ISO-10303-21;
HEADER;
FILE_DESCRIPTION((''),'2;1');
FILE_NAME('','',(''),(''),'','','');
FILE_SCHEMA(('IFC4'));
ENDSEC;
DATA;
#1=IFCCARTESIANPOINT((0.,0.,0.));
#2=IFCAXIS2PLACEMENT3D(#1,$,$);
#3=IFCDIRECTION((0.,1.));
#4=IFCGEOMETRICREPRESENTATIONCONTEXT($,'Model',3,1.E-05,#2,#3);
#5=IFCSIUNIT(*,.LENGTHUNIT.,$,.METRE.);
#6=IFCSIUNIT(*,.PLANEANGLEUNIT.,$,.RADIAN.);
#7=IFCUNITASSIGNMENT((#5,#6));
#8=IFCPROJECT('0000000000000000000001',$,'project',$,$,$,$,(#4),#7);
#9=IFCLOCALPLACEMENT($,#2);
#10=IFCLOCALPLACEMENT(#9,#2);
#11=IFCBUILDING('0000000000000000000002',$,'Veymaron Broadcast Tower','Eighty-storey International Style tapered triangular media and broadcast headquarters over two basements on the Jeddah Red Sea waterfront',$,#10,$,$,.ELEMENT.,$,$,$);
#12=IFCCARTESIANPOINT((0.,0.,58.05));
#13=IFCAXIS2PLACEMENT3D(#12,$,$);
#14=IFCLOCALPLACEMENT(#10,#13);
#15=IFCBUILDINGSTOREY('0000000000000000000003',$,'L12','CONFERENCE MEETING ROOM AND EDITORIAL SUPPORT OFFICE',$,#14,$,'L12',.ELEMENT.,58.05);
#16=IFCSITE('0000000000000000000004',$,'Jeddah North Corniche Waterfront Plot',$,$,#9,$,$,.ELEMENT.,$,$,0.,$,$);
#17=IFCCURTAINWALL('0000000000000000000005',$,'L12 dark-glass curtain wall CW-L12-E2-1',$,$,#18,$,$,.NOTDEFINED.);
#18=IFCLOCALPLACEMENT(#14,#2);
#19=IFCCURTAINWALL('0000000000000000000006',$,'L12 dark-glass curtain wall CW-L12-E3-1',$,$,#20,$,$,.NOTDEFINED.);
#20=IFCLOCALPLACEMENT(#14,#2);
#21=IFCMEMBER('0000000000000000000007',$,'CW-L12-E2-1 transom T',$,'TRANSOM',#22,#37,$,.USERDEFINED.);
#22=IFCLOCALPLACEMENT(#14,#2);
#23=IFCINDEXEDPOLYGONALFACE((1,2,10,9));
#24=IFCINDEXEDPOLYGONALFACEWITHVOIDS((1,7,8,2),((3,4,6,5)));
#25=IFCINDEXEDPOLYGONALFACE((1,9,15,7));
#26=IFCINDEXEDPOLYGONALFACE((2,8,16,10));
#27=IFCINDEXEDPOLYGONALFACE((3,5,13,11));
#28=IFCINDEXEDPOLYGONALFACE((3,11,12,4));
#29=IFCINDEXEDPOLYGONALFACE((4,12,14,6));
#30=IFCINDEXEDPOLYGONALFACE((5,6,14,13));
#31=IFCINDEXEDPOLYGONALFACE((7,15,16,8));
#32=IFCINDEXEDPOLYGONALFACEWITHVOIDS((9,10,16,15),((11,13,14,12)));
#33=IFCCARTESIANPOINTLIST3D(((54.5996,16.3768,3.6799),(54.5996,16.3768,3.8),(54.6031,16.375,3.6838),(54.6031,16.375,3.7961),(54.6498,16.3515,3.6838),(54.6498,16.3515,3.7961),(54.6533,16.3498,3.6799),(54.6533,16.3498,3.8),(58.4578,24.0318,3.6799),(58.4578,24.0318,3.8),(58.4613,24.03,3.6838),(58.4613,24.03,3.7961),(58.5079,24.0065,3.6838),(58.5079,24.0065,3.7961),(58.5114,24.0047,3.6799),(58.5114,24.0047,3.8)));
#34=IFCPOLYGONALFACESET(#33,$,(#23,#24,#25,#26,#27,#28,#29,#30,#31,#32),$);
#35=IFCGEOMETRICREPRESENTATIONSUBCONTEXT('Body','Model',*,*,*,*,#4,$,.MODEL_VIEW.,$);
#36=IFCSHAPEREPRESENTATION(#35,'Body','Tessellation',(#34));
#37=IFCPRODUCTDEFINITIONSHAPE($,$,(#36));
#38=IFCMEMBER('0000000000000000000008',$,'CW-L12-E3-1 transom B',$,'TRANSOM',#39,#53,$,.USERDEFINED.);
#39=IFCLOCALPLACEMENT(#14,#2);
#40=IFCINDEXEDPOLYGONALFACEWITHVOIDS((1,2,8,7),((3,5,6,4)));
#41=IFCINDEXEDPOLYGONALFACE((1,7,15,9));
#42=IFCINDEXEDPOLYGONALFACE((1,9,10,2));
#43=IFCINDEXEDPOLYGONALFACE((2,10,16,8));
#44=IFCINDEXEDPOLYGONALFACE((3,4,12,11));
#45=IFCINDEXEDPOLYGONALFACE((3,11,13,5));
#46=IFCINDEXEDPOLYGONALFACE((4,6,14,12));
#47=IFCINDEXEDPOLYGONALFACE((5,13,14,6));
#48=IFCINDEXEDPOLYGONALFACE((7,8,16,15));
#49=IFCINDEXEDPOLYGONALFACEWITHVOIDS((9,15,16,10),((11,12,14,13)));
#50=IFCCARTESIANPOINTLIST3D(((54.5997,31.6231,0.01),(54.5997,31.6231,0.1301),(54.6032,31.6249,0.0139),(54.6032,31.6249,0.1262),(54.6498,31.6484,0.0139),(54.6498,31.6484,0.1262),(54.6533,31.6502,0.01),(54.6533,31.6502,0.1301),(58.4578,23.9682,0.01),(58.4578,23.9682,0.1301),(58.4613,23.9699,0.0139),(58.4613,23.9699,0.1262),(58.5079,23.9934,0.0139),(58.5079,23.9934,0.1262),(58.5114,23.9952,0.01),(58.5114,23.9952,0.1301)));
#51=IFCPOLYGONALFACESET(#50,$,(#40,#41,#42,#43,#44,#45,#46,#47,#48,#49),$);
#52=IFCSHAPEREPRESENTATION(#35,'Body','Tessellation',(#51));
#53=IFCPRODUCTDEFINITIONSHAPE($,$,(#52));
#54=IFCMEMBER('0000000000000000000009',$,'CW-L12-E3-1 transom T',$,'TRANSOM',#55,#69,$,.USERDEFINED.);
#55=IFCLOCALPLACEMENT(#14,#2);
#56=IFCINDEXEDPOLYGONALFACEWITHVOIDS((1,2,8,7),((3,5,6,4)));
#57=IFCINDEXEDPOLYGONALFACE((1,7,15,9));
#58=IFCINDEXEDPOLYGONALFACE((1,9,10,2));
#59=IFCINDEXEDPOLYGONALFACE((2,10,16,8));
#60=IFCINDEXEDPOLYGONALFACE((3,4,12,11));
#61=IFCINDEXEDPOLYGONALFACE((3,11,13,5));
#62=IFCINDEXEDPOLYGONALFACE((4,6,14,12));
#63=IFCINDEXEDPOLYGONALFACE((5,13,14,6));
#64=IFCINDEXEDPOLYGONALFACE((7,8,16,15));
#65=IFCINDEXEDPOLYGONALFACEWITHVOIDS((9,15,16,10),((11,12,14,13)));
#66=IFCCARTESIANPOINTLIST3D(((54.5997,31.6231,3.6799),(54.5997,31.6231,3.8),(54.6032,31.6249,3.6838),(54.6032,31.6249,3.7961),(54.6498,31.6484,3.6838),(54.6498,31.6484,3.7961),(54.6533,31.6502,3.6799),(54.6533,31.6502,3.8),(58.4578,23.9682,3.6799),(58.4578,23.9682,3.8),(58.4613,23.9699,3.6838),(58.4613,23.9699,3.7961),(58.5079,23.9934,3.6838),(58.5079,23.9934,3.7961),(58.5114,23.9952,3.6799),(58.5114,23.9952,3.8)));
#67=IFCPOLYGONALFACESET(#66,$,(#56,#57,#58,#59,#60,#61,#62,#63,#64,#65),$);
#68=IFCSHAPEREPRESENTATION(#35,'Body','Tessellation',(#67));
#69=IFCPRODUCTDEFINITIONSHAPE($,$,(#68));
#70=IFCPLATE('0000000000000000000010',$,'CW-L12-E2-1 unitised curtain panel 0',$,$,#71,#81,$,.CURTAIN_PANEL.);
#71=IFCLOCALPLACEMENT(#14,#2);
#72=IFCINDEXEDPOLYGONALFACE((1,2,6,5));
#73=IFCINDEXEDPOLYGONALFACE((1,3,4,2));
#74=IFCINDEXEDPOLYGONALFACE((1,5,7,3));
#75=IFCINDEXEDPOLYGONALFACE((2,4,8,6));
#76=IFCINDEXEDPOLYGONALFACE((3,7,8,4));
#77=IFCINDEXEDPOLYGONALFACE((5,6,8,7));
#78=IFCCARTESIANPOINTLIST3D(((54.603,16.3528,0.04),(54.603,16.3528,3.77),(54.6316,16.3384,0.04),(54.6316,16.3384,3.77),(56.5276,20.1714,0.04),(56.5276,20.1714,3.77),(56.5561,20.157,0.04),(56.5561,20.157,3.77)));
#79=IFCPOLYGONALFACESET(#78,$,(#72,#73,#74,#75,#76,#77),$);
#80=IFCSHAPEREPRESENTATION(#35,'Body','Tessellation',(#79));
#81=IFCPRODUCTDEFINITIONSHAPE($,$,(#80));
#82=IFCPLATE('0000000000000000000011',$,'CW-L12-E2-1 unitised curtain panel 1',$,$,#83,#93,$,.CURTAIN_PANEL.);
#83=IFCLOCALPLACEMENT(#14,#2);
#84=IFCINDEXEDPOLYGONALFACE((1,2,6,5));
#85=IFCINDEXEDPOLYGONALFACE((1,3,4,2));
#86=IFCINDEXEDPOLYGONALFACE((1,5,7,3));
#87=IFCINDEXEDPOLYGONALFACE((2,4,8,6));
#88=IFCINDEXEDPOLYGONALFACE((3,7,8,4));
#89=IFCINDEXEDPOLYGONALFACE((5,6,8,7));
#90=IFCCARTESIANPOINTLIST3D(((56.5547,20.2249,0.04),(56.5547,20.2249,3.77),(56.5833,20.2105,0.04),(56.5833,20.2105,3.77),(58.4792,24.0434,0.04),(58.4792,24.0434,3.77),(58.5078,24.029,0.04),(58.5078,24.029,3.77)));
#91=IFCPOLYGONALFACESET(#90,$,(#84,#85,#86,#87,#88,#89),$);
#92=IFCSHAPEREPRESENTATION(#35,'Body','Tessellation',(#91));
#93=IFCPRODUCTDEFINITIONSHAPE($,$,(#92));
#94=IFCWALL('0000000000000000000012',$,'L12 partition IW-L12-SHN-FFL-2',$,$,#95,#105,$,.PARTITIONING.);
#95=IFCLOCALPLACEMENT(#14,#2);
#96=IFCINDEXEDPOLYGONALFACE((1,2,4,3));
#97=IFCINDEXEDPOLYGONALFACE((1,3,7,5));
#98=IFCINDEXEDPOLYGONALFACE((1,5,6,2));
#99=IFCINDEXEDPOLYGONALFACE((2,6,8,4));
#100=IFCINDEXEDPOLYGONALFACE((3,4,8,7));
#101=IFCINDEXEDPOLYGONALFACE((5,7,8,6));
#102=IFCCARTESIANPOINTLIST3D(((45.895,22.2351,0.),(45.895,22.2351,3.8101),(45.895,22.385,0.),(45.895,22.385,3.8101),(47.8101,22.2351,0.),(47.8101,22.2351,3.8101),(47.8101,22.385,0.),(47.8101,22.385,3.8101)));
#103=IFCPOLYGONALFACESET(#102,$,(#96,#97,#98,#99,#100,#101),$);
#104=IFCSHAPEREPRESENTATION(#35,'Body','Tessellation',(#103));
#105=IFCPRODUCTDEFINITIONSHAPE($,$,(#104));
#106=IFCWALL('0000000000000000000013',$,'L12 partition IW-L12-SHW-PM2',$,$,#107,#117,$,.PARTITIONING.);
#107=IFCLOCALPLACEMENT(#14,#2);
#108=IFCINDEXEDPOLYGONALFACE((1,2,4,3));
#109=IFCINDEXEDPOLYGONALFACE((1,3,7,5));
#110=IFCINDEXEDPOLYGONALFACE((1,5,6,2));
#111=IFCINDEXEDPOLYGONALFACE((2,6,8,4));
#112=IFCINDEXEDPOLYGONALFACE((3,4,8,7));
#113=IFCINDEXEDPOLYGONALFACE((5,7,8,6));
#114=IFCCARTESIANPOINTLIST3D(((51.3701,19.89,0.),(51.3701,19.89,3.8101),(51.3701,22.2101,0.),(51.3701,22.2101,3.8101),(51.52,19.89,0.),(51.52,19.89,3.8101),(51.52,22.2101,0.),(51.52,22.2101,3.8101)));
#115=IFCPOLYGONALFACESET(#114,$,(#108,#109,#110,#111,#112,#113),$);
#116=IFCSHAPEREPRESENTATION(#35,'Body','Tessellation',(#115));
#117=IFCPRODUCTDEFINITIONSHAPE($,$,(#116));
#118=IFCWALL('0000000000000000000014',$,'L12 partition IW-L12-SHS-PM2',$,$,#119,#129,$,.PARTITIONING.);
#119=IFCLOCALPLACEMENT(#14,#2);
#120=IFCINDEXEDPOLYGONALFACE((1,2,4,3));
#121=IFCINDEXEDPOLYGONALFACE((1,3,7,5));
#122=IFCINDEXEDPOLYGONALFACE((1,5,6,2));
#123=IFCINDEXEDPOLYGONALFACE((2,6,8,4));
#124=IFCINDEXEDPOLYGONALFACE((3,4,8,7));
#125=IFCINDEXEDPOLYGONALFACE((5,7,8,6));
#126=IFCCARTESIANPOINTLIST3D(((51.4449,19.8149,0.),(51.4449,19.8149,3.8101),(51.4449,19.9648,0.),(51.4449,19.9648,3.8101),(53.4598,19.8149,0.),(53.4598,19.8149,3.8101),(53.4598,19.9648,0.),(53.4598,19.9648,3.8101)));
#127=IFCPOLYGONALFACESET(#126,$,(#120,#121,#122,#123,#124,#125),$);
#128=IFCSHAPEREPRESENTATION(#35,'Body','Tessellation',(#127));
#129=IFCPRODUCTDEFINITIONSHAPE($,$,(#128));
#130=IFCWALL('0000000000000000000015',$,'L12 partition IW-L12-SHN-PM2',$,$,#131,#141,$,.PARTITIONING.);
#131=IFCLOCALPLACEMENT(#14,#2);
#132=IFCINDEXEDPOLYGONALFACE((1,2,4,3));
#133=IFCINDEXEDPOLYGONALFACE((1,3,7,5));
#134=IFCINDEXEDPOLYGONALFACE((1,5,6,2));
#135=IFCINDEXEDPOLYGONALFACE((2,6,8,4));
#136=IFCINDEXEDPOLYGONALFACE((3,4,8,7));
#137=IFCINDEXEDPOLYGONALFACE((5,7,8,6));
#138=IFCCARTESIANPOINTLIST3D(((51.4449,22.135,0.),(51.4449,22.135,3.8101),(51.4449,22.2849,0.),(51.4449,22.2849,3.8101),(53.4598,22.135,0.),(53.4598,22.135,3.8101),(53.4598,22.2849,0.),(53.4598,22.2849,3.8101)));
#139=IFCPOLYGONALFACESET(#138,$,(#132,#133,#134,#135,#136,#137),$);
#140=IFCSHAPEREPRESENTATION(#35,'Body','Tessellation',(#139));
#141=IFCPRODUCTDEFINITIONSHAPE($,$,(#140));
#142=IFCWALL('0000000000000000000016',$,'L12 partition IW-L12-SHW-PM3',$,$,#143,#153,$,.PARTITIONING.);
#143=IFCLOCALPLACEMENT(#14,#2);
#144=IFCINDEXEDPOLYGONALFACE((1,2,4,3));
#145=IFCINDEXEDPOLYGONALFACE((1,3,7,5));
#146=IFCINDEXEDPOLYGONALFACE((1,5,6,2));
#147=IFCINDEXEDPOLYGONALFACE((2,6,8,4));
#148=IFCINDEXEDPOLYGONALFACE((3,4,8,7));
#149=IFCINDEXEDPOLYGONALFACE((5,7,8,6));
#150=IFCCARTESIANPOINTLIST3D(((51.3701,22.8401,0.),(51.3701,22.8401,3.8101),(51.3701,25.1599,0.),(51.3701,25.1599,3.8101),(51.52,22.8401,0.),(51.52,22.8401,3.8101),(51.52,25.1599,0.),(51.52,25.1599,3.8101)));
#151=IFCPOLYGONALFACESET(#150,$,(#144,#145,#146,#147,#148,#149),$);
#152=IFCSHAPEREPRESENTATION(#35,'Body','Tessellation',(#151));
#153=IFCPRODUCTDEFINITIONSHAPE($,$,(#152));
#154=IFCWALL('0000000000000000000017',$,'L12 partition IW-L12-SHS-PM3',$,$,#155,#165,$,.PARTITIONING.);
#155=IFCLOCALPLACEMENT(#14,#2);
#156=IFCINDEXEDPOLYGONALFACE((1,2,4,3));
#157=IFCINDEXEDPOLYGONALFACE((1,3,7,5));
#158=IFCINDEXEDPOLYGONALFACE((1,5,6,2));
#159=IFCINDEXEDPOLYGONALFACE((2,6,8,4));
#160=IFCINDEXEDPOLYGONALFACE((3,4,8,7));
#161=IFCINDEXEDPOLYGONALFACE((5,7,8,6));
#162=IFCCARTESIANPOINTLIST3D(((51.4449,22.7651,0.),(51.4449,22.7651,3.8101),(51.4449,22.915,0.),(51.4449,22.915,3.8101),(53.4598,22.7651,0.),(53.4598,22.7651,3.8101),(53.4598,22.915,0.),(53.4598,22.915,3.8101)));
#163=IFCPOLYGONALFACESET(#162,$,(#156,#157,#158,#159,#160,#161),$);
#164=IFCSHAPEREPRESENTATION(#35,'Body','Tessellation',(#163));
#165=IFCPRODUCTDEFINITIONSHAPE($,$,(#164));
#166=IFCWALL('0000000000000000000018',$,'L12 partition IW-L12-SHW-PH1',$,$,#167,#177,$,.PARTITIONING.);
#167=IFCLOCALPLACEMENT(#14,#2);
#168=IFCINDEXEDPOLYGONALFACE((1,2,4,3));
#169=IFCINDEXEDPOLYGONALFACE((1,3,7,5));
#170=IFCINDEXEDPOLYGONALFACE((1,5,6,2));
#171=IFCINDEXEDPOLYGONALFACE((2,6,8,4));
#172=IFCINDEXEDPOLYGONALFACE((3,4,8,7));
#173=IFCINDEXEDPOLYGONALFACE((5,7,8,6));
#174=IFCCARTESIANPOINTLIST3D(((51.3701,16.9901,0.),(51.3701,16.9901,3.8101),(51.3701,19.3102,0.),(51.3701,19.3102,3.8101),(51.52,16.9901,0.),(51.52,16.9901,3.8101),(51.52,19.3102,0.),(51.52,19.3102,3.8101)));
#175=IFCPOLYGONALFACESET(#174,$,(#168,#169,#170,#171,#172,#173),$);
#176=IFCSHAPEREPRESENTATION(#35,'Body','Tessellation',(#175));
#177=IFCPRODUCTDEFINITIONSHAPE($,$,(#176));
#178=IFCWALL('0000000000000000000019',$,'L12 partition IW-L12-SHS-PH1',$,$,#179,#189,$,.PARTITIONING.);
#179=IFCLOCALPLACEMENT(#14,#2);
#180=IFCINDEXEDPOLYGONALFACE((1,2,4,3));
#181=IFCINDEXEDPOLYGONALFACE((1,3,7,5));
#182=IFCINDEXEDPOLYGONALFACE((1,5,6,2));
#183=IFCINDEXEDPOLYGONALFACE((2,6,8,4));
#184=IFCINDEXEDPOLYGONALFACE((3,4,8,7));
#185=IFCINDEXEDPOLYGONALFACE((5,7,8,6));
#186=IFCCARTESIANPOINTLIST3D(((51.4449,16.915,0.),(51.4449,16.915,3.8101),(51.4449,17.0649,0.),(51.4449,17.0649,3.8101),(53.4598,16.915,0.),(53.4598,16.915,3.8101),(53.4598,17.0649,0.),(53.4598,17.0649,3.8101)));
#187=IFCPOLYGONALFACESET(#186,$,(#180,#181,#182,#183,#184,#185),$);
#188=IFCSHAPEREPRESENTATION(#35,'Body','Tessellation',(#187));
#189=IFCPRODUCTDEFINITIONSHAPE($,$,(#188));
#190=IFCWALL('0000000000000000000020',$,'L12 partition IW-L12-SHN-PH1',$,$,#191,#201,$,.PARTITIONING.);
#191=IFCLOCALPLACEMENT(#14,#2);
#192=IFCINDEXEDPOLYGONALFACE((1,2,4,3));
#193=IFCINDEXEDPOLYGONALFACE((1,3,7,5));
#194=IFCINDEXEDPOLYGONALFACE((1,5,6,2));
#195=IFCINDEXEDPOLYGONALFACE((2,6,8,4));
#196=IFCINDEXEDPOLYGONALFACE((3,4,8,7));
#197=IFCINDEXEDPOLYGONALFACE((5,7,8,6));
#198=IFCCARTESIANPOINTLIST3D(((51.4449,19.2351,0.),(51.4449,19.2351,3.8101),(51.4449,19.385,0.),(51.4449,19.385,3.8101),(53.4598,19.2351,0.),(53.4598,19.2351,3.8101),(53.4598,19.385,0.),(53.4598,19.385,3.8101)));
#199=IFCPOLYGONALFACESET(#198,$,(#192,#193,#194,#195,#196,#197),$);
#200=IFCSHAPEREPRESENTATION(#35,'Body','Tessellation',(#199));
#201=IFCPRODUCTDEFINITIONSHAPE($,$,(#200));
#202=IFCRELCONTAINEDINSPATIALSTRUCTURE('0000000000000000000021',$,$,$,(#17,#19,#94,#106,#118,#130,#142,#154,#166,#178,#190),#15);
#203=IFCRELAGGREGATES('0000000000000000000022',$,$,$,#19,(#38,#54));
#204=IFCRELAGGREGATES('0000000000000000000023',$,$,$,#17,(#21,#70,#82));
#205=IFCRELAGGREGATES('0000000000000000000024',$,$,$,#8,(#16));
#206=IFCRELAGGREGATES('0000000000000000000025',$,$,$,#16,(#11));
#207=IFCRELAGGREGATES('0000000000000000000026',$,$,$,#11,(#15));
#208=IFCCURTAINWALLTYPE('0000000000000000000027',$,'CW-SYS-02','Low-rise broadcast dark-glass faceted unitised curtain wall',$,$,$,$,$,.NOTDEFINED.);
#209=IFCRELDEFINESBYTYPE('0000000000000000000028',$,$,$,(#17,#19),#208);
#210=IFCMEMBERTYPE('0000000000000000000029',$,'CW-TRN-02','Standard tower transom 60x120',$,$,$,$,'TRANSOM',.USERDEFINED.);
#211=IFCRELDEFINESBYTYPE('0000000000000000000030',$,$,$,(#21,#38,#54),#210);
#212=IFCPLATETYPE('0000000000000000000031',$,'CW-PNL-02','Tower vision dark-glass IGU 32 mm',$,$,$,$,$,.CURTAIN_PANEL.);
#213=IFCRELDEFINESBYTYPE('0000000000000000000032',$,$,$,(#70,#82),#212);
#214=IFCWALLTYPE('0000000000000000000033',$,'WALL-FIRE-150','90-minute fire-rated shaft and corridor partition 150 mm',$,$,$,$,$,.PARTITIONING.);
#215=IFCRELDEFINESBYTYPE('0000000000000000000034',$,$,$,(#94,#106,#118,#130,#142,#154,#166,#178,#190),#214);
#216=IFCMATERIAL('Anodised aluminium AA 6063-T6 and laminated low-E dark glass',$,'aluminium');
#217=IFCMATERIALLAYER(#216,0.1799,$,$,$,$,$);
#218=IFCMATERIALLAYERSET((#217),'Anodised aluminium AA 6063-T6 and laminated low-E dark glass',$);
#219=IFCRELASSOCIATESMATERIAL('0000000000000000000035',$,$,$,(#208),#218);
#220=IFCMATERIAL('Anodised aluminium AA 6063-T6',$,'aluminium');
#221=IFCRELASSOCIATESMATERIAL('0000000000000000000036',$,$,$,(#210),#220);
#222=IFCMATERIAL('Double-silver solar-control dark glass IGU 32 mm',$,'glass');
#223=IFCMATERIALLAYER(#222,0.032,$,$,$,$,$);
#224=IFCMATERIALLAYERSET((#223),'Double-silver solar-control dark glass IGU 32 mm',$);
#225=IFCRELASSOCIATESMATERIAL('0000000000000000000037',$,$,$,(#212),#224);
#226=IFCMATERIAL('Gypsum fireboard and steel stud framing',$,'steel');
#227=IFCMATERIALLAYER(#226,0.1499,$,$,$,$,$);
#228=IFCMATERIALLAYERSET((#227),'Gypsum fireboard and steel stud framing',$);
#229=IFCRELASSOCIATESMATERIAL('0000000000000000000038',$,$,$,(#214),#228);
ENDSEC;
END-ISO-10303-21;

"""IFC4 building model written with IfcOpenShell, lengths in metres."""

from ifc_helpers import new_model, si_unit, direction, frame, frame_2d, origin, origin_2d, place, context, subcontext, project, spatial, rectangle, hollow_rectangle, extrude, material, layer, layer_set, material_profile, profile_set, type_object, element, aggregate, save


model = new_model("IFC4")

# Units and contexts
model_context = context("Model", 3, precision=1e-05, world=origin(), true_north=direction((0.0, 1.0)))
body_context = subcontext(model_context, "Body", "Model", "MODEL_VIEW")
ifc_project = project(units=[si_unit("LENGTHUNIT", "METRE"), si_unit("PLANEANGLEUNIT", "RADIAN")], contexts=[model_context])

# Site, building, storey
site_placement = place(None, origin())
site = spatial("IfcSite", under=ifc_project, at=site_placement, Name="Jeddah North Corniche Waterfront Plot", CompositionType="ELEMENT", RefElevation=0.0)
building_placement = place(site_placement, origin())
building = spatial("IfcBuilding", under=site, at=building_placement, Name="Veymaron Broadcast Tower", Description="Eighty-storey International Style tapered triangular media and broadcast headquarters over two basements on the Jeddah Red Sea waterfront", CompositionType="ELEMENT")
storey_placement = place(building_placement, frame((0.0, 0.0, 58.05)))
storey = spatial("IfcBuildingStorey", under=building, at=storey_placement, Name="L12", Description="CONFERENCE MEETING ROOM AND EDITORIAL SUPPORT OFFICE", LongName="L12", CompositionType="ELEMENT", Elevation=58.05)

# Curtain wall
ifc_material_1 = material(Name="Anodised aluminium AA 6063-T6 and laminated low-E dark glass", Category="aluminium")
ifc_layer_1 = layer(ifc_material_1, 0.1799)
ifc_layer_set_1 = layer_set([ifc_layer_1], Name="Anodised aluminium AA 6063-T6 and laminated low-E dark glass")
curtain_wall_type = type_object("IfcCurtainWallType", Name="CW-SYS-02", Description="Low-rise broadcast dark-glass faceted unitised curtain wall", PredefinedType="NOTDEFINED", material=ifc_layer_set_1)
curtain_wall_1_placement = place(storey_placement, origin())
curtain_wall_1 = element("IfcCurtainWall", 1, at=curtain_wall_1_placement, inside=storey, type_object=curtain_wall_type, Name="L12 dark-glass curtain wall CW-L12-E2-1", PredefinedType="NOTDEFINED")
ifc_material_2 = material(Name="Anodised aluminium AA 6063-T6", Category="aluminium")

# Curtain wall
curtain_wall_2_placement = place(storey_placement, origin())
curtain_wall_2 = element("IfcCurtainWall", 2, at=curtain_wall_2_placement, inside=storey, type_object=curtain_wall_type, Name="L12 dark-glass curtain wall CW-L12-E3-1", PredefinedType="NOTDEFINED")

# Members
ifc_material_profile_1 = material_profile(ifc_material_2, hollow_rectangle(XDim=0.0601, YDim=0.1201, WallThickness=0.0039, at=origin_2d()), Name="AL120X60X4")
ifc_profile_set_1 = profile_set([ifc_material_profile_1], Name="Anodised aluminium AA 6063-T6")
member_type_1 = type_object("IfcMemberType", Name="CW-TRN-02", Description="Standard tower transom 60x120", ElementType="TRANSOM", PredefinedType="USERDEFINED", material=ifc_profile_set_1)
member_1_placement = place(storey_placement, frame((54.6265, 16.3633, 3.74), z_axis=(0.450071, 0.892993, 0.0), x_axis=(-0.892993, 0.450071, 0.0)))
member_1 = element("IfcMember", 3, at=member_1_placement, type_object=member_type_1, Name="CW-L12-E2-1 transom T", ObjectType="TRANSOM", PredefinedType="USERDEFINED", context=body_context, shape_type="SweptSolid", body=[
    extrude(hollow_rectangle(XDim=0.0601, YDim=0.1201, WallThickness=0.0039, at=origin_2d()), origin(), (0.0, 0.0, 1.0), 8.5723),
])
member_2_placement = place(storey_placement, frame((58.4846, 23.9817, 0.0701), z_axis=(-0.450071, 0.892993, 0.0), x_axis=(-0.892993, -0.450071, 0.0)))
member_2 = element("IfcMember", 4, at=member_2_placement, type_object=member_type_1, Name="CW-L12-E3-1 transom B", ObjectType="TRANSOM", PredefinedType="USERDEFINED", context=body_context, shape_type="SweptSolid", body=[
    extrude(hollow_rectangle(XDim=0.0601, YDim=0.1201, WallThickness=0.0039, at=origin_2d()), origin(), (0.0, 0.0, 1.0), 8.5723),
])
member_3_placement = place(storey_placement, frame((58.4846, 23.9817, 3.74), z_axis=(-0.450071, 0.892993, 0.0), x_axis=(-0.892993, -0.450071, 0.0)))
member_3 = element("IfcMember", 5, at=member_3_placement, type_object=member_type_1, Name="CW-L12-E3-1 transom T", ObjectType="TRANSOM", PredefinedType="USERDEFINED", context=body_context, shape_type="SweptSolid", body=[
    extrude(hollow_rectangle(XDim=0.0601, YDim=0.1201, WallThickness=0.0039, at=origin_2d()), origin(), (0.0, 0.0, 1.0), 8.5723),
])
aggregate(curtain_wall_2, [member_2, member_3])

# Plates
ifc_material_3 = material(Name="Double-silver solar-control dark glass IGU 32 mm", Category="glass")
ifc_layer_2 = layer(ifc_material_3, 0.032)
ifc_layer_set_2 = layer_set([ifc_layer_2], Name="Double-silver solar-control dark glass IGU 32 mm")
plate_type = type_object("IfcPlateType", Name="CW-PNL-02", Description="Tower vision dark-glass IGU 32 mm", PredefinedType="CURTAIN_PANEL", material=ifc_layer_set_2)
plate_1_placement = place(storey_placement, frame((55.5796, 18.2549, 0.04), z_axis=(0.0, 0.0, 1.0), x_axis=(0.450067, 0.892995, 0.0)))
plate_1 = element("IfcPlate", 6, at=plate_1_placement, type_object=plate_type, Name="CW-L12-E2-1 unitised curtain panel 0", PredefinedType="CURTAIN_PANEL", context=body_context, shape_type="SweptSolid", body=[
    extrude(rectangle(XDim=4.2761, YDim=0.032, at=origin_2d()), origin(), (0.0, 0.0, 1.0), 3.73),
])
plate_2_placement = place(storey_placement, frame((57.5312, 22.127, 0.04), z_axis=(0.0, 0.0, 1.0), x_axis=(0.450067, 0.892995, 0.0)))
plate_2 = element("IfcPlate", 7, at=plate_2_placement, type_object=plate_type, Name="CW-L12-E2-1 unitised curtain panel 1", PredefinedType="CURTAIN_PANEL", context=body_context, shape_type="SweptSolid", body=[
    extrude(rectangle(XDim=4.2761, YDim=0.032, at=origin_2d()), origin(), (0.0, 0.0, 1.0), 3.73),
])
aggregate(curtain_wall_1, [member_1, plate_1, plate_2])

# Walls
ifc_material_4 = material(Name="Gypsum fireboard and steel stud framing", Category="steel")
ifc_layer_3 = layer(ifc_material_4, 0.1499)
ifc_layer_set_3 = layer_set([ifc_layer_3], Name="Gypsum fireboard and steel stud framing")
wall_type_1 = type_object("IfcWallType", Name="WALL-FIRE-150", Description="90-minute fire-rated shaft and corridor partition 150 mm", PredefinedType="PARTITIONING", material=ifc_layer_set_3)
wall_1_placement = place(storey_placement, frame((45.895, 22.3101, 0.0), z_axis=(0.0, 0.0, 1.0), x_axis=(1.0, 0.0, 0.0)))
element("IfcWall", 8, at=wall_1_placement, inside=storey, type_object=wall_type_1, Name="L12 partition IW-L12-SHN-FFL-2", PredefinedType="PARTITIONING", context=body_context, shape_type="SweptSolid", body=[
    extrude(rectangle(XDim=1.915, YDim=0.1499, at=frame_2d((0.9575, 0.0))), origin(), (0.0, 0.0, 1.0), 3.8101),
])
wall_2_placement = place(storey_placement, frame((51.4451, 19.8899, 0.0), z_axis=(0.0, 0.0, 1.0), x_axis=(0.0, 1.0, 0.0)))
element("IfcWall", 9, at=wall_2_placement, inside=storey, type_object=wall_type_1, Name="L12 partition IW-L12-SHW-PM2", PredefinedType="PARTITIONING", context=body_context, shape_type="SweptSolid", body=[
    extrude(rectangle(XDim=2.3201, YDim=0.1499, at=frame_2d((1.1602, 0.0))), origin(), (0.0, 0.0, 1.0), 3.8101),
])
for number, where, z_axis, x_axis, name in (
    (10, (51.4451, 19.8899, 0.0), (0.0, 0.0, 1.0), (1.0, 0.0, 0.0), "L12 partition IW-L12-SHS-PM2"),
    (11, (51.4451, 22.21, 0.0), (0.0, 0.0, 1.0), (1.0, 0.0, 0.0), "L12 partition IW-L12-SHN-PM2"),
):
    element("IfcWall", number, at=place(storey_placement, frame(where, z_axis=z_axis, x_axis=x_axis)), inside=storey, type_object=wall_type_1, Name=name, PredefinedType="PARTITIONING", context=body_context, shape_type="SweptSolid", body=[
        extrude(rectangle(XDim=2.0149, YDim=0.1499, at=frame_2d((1.0073, 0.0))), origin(), (0.0, 0.0, 1.0), 3.8101),
    ])
wall_3_placement = place(storey_placement, frame((51.4451, 22.8401, 0.0), z_axis=(0.0, 0.0, 1.0), x_axis=(0.0, 1.0, 0.0)))
element("IfcWall", 12, at=wall_3_placement, inside=storey, type_object=wall_type_1, Name="L12 partition IW-L12-SHW-PM3", PredefinedType="PARTITIONING", context=body_context, shape_type="SweptSolid", body=[
    extrude(rectangle(XDim=2.3198, YDim=0.1499, at=frame_2d((1.1599, 0.0))), origin(), (0.0, 0.0, 1.0), 3.8101),
])
wall_4_placement = place(storey_placement, frame((51.4451, 22.8401, 0.0), z_axis=(0.0, 0.0, 1.0), x_axis=(1.0, 0.0, 0.0)))
element("IfcWall", 13, at=wall_4_placement, inside=storey, type_object=wall_type_1, Name="L12 partition IW-L12-SHS-PM3", PredefinedType="PARTITIONING", context=body_context, shape_type="SweptSolid", body=[
    extrude(rectangle(XDim=2.0149, YDim=0.1499, at=frame_2d((1.0073, 0.0))), origin(), (0.0, 0.0, 1.0), 3.8101),
])
wall_5_placement = place(storey_placement, frame((51.4451, 16.99, 0.0), z_axis=(0.0, 0.0, 1.0), x_axis=(0.0, 1.0, 0.0)))
element("IfcWall", 14, at=wall_5_placement, inside=storey, type_object=wall_type_1, Name="L12 partition IW-L12-SHW-PH1", PredefinedType="PARTITIONING", context=body_context, shape_type="SweptSolid", body=[
    extrude(rectangle(XDim=2.3201, YDim=0.1499, at=frame_2d((1.1602, 0.0))), origin(), (0.0, 0.0, 1.0), 3.8101),
])
for number, where, z_axis, x_axis, name in (
    (15, (51.4451, 16.99, 0.0), (0.0, 0.0, 1.0), (1.0, 0.0, 0.0), "L12 partition IW-L12-SHS-PH1"),
    (16, (51.4451, 19.3101, 0.0), (0.0, 0.0, 1.0), (1.0, 0.0, 0.0), "L12 partition IW-L12-SHN-PH1"),
):
    element("IfcWall", number, at=place(storey_placement, frame(where, z_axis=z_axis, x_axis=x_axis)), inside=storey, type_object=wall_type_1, Name=name, PredefinedType="PARTITIONING", context=body_context, shape_type="SweptSolid", body=[
        extrude(rectangle(XDim=2.0149, YDim=0.1499, at=frame_2d((1.0073, 0.0))), origin(), (0.0, 0.0, 1.0), 3.8101),
    ])

save(model, "model.ifc")
